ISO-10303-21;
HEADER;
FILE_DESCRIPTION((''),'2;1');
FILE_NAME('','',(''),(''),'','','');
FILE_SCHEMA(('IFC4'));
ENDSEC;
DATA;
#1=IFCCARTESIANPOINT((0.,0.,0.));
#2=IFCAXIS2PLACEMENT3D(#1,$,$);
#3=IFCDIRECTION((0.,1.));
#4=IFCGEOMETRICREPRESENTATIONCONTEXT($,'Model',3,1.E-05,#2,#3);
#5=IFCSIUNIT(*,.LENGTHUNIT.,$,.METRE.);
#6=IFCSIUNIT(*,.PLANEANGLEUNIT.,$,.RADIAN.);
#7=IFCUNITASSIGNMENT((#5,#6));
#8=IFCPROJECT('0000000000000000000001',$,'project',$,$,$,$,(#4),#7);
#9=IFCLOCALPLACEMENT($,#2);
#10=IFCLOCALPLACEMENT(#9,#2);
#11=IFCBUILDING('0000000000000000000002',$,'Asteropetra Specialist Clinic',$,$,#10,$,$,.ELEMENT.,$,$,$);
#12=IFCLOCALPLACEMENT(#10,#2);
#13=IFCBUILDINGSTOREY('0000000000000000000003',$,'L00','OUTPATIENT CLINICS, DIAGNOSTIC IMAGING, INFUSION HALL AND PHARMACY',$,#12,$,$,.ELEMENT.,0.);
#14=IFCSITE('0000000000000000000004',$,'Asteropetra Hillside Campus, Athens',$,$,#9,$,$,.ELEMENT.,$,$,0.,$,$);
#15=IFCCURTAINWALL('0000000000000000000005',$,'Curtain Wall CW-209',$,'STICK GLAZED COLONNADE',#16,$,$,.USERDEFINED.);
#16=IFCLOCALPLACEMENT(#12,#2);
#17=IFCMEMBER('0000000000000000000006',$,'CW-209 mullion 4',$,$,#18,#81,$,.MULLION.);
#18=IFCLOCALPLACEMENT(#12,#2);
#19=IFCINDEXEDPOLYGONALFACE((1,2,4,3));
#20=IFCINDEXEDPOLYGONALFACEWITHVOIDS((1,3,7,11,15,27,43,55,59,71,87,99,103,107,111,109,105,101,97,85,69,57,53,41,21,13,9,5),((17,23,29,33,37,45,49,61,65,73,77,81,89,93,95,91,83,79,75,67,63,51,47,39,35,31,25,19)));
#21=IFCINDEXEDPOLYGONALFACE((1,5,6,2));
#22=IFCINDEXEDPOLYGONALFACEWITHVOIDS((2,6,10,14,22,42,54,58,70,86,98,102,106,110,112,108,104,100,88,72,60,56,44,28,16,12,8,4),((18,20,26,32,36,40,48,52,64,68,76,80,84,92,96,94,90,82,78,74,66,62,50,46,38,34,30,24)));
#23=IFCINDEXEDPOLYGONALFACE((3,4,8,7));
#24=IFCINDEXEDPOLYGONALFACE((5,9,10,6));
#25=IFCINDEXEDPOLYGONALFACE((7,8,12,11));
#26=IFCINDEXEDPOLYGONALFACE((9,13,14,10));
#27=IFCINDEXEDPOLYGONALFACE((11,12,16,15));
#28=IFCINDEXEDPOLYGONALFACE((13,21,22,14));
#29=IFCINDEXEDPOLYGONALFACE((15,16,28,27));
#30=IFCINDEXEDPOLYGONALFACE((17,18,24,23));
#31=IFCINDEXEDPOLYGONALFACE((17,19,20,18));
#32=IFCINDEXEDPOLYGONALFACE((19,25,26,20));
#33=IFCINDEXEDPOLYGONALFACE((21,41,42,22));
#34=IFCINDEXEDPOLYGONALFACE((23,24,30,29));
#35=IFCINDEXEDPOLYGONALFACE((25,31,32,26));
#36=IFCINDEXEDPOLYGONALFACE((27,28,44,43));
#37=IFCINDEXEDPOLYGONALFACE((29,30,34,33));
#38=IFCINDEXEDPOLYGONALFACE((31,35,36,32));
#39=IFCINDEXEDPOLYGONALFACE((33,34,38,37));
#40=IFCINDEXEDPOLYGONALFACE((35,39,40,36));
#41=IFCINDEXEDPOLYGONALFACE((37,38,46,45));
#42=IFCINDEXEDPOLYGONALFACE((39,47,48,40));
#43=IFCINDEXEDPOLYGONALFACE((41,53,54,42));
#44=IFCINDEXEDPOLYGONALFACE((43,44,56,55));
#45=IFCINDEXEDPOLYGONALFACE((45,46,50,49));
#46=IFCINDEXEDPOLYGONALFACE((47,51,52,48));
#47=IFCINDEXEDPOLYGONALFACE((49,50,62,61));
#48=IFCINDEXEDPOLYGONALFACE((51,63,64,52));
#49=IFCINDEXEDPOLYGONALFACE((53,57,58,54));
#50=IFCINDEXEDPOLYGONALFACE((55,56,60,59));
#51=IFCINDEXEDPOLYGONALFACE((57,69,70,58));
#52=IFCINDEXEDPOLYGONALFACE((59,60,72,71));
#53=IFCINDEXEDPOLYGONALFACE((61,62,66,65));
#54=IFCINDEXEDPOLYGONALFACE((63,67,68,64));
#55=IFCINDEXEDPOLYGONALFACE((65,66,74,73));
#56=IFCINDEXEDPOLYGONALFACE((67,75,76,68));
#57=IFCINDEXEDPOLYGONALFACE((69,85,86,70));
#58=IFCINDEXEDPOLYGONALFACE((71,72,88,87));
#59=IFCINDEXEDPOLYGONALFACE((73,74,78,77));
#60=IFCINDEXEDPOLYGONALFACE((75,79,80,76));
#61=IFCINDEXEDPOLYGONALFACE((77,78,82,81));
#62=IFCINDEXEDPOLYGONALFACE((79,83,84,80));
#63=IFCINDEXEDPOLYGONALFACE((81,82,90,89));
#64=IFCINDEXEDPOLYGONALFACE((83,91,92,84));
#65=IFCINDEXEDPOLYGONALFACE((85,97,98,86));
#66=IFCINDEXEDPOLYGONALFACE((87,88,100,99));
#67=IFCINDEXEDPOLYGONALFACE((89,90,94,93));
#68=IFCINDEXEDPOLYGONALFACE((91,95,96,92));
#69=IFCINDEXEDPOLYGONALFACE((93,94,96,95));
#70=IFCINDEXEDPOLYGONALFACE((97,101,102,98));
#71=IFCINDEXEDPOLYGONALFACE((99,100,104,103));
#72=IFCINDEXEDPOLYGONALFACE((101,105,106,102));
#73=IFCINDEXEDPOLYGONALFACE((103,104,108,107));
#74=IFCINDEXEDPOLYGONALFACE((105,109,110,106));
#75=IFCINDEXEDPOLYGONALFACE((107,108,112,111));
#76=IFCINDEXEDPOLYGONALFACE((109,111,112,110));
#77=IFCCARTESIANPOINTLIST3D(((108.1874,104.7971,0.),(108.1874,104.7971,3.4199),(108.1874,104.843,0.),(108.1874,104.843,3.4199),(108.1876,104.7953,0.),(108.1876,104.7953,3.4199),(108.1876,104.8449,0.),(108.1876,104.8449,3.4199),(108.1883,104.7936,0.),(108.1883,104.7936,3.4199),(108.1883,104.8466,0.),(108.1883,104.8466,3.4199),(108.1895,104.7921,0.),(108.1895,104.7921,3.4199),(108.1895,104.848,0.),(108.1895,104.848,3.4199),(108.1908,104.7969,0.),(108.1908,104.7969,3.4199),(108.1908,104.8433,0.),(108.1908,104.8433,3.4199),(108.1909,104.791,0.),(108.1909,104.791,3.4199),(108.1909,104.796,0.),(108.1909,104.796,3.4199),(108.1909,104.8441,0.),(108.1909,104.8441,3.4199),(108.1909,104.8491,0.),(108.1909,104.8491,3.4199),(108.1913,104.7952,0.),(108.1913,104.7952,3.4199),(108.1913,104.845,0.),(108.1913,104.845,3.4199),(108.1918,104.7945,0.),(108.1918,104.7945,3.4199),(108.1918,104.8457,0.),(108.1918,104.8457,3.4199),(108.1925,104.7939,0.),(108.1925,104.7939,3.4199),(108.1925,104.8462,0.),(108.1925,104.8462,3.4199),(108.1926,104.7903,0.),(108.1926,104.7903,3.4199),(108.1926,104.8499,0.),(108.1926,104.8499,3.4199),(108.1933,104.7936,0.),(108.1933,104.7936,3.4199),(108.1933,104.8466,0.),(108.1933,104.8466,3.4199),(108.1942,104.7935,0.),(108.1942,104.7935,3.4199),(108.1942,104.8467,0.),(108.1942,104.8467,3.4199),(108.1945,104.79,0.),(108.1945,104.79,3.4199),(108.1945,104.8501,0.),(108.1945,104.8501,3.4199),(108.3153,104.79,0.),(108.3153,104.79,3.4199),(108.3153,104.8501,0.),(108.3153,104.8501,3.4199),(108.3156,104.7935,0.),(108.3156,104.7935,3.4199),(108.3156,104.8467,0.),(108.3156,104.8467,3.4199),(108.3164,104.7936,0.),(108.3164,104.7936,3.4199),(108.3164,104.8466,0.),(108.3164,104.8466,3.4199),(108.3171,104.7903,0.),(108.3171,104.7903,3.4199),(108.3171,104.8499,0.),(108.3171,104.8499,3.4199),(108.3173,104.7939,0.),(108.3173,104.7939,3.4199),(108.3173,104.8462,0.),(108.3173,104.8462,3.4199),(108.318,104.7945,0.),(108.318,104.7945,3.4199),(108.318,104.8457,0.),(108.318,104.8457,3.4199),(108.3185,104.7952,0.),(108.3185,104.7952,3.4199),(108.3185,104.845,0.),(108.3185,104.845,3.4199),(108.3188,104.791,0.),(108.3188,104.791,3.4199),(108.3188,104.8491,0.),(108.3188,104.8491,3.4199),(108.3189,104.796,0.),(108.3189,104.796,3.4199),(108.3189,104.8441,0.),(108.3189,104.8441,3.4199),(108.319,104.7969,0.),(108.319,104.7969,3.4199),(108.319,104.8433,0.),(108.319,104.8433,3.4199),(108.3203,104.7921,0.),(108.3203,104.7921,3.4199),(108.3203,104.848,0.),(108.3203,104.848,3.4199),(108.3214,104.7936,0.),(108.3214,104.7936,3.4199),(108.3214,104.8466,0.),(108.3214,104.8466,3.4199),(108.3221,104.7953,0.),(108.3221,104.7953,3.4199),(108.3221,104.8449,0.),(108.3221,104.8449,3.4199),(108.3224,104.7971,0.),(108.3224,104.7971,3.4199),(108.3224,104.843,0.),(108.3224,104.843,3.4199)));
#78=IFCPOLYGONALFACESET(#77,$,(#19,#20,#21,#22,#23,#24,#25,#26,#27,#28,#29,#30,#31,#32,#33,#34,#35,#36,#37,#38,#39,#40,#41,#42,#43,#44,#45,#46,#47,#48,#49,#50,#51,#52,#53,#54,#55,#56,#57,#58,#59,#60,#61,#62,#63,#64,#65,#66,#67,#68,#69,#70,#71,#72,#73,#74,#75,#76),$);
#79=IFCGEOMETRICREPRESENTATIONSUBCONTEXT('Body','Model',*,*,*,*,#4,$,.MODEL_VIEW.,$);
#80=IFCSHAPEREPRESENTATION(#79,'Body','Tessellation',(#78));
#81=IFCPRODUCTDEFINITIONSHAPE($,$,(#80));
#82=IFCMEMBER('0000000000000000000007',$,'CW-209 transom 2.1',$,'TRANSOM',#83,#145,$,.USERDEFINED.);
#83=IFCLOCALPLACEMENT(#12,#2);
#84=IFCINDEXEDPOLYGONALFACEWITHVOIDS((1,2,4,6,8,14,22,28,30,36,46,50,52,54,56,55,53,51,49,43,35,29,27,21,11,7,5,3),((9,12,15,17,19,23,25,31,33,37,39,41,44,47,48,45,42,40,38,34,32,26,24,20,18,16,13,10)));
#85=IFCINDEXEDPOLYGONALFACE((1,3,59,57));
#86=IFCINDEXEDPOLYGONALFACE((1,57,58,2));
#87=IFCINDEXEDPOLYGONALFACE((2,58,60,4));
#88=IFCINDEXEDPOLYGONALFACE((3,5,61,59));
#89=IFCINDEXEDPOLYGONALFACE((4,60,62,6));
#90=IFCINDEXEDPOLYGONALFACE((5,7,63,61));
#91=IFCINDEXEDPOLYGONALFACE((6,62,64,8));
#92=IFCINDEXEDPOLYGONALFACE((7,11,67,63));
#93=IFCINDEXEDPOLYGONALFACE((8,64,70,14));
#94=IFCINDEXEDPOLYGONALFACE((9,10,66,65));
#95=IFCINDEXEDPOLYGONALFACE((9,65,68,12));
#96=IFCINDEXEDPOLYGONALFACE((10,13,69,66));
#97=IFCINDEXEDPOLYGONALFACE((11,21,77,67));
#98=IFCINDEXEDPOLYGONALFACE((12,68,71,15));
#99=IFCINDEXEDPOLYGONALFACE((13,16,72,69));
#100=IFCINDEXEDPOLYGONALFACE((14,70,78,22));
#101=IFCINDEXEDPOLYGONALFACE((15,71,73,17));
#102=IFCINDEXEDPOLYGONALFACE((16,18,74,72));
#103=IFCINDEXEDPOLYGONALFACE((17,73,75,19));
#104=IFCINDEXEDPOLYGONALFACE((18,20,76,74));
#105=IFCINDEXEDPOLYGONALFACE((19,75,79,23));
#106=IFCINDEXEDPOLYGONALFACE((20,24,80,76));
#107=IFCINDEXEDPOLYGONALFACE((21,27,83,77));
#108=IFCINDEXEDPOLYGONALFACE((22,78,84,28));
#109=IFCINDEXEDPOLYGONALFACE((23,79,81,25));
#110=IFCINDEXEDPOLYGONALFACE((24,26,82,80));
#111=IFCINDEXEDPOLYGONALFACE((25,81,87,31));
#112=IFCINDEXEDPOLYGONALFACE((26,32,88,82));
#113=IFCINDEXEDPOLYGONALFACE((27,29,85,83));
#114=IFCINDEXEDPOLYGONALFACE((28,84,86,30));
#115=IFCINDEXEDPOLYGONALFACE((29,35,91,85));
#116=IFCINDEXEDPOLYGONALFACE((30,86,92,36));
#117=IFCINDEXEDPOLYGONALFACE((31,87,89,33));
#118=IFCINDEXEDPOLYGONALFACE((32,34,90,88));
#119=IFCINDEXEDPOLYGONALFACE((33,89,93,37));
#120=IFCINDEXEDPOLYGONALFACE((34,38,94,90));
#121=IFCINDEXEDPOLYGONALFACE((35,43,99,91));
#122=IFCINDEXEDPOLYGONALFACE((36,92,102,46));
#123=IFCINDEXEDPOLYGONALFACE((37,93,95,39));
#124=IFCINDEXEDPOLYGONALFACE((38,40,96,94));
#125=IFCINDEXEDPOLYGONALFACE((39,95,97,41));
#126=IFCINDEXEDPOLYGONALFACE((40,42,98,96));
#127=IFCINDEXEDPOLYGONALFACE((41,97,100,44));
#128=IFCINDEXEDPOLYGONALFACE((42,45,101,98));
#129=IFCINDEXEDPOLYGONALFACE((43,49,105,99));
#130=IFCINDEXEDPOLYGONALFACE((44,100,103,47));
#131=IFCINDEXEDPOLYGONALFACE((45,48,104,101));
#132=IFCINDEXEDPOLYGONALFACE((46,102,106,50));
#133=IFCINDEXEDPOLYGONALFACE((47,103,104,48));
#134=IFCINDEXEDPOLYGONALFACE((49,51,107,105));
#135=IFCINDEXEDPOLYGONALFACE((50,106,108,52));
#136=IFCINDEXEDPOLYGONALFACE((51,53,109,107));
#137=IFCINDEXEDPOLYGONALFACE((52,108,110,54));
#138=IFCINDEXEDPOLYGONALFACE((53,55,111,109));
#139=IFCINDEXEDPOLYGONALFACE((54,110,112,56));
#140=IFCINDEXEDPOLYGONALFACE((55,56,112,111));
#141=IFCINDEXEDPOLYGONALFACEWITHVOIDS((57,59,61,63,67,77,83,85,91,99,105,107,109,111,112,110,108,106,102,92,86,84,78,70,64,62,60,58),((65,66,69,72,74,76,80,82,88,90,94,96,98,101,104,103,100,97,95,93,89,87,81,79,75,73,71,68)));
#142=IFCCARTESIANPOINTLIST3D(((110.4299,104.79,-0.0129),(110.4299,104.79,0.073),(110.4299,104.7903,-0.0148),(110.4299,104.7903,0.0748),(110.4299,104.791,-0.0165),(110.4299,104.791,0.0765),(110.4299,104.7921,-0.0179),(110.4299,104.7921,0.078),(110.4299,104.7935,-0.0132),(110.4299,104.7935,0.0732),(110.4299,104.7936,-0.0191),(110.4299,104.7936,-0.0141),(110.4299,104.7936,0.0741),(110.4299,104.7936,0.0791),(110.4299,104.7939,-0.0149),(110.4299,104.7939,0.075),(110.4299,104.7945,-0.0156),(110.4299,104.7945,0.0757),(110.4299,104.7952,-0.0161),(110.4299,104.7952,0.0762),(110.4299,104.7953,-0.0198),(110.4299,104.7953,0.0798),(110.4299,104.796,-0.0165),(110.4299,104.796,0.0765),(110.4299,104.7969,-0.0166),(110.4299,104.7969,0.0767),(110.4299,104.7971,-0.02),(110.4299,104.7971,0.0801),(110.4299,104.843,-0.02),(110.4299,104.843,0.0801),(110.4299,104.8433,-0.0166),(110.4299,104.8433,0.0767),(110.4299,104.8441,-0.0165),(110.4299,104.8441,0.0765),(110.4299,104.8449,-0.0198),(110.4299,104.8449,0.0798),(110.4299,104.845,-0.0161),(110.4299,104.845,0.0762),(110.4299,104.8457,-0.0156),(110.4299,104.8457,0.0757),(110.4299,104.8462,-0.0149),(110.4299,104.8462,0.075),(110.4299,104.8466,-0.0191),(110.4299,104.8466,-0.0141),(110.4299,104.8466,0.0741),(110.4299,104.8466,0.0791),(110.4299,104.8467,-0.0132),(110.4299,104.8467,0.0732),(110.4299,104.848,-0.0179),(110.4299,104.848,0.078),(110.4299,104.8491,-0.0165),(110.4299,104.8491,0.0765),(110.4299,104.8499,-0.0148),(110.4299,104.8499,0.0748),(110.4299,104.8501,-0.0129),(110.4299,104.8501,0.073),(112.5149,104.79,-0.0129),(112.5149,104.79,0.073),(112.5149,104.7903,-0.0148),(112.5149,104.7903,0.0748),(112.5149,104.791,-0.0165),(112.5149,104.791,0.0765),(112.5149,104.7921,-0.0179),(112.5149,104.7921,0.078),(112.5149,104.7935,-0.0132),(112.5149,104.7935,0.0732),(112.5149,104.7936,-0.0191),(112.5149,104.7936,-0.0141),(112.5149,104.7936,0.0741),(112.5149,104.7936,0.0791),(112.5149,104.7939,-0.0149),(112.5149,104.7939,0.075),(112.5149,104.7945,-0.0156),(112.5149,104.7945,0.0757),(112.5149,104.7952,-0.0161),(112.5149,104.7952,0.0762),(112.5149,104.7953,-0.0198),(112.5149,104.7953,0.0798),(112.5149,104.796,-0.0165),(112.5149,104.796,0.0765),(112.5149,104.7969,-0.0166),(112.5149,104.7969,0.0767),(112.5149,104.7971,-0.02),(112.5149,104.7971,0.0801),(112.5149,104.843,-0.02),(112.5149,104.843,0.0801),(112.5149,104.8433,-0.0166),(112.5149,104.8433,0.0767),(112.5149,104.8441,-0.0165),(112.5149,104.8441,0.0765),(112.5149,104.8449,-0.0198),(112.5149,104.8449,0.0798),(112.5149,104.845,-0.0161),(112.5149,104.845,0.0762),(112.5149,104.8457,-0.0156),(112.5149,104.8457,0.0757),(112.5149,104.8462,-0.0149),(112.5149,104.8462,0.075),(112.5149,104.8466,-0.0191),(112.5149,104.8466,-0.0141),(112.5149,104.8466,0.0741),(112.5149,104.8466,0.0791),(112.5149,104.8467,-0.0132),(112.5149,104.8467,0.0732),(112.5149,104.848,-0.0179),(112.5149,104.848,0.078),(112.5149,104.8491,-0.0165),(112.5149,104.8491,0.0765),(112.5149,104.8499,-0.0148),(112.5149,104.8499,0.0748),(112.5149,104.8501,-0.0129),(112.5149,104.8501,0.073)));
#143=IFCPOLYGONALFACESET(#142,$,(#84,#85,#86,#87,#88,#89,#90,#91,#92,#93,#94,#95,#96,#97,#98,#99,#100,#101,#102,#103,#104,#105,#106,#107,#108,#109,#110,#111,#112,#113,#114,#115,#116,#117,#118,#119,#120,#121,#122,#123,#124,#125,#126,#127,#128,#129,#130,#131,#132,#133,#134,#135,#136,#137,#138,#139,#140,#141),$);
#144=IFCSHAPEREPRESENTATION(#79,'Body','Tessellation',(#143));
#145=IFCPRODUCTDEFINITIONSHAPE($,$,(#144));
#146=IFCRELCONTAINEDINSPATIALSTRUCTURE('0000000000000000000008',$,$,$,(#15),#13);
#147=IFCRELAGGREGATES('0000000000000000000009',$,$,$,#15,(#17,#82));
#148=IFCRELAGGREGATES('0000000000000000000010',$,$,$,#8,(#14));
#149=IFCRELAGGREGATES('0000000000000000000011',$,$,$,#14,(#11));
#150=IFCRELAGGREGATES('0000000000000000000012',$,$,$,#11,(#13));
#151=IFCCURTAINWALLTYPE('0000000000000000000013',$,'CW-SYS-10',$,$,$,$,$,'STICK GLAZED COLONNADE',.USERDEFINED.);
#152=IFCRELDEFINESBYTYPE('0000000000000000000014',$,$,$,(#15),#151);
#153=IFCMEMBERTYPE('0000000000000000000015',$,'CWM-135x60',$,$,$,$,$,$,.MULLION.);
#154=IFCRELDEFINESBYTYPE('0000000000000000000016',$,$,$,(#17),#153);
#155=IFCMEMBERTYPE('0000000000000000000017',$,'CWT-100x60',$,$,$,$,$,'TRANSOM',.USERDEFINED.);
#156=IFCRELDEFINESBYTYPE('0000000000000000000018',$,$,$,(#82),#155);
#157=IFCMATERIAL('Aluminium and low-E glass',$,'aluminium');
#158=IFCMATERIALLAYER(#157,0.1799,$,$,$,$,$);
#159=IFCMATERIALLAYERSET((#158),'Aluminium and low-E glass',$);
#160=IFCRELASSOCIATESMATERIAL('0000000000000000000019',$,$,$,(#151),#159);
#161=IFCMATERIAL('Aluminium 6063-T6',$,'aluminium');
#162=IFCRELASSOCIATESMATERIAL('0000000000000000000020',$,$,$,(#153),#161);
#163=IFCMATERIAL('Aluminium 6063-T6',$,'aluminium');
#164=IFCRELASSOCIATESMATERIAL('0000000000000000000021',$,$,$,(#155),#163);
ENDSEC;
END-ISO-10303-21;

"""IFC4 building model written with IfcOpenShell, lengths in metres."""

from ifc_helpers import new_model, si_unit, direction, frame, origin, origin_2d, place, context, subcontext, project, spatial, hollow_rectangle, extrude, material, layer, layer_set, material_profile, profile_set, type_object, element, aggregate, save


model = new_model("IFC4")

# Units and contexts
model_context = context("Model", 3, precision=1e-05, world=origin(), true_north=direction((0.0, 1.0)))
body_context = subcontext(model_context, "Body", "Model", "MODEL_VIEW")
ifc_project = project(units=[si_unit("LENGTHUNIT", "METRE"), si_unit("PLANEANGLEUNIT", "RADIAN")], contexts=[model_context])

# Site, building, storey
site_placement = place(None, origin())
site = spatial("IfcSite", under=ifc_project, at=site_placement, Name="Asteropetra Hillside Campus, Athens", CompositionType="ELEMENT", RefElevation=0.0)
building_placement = place(site_placement, origin())
building = spatial("IfcBuilding", under=site, at=building_placement, Name="Asteropetra Specialist Clinic", CompositionType="ELEMENT")
storey_placement = place(building_placement, origin())
storey = spatial("IfcBuildingStorey", under=building, at=storey_placement, Name="L00", Description="OUTPATIENT CLINICS, DIAGNOSTIC IMAGING, INFUSION HALL AND PHARMACY", CompositionType="ELEMENT", Elevation=0.0)

# Curtain wall, members
ifc_material_1 = material(Name="Aluminium and low-E glass", Category="aluminium")
ifc_layer_1 = layer(ifc_material_1, 0.1799)
ifc_layer_set_1 = layer_set([ifc_layer_1], Name="Aluminium and low-E glass")
curtain_wall_type = type_object("IfcCurtainWallType", Name="CW-SYS-10", ElementType="STICK GLAZED COLONNADE", PredefinedType="USERDEFINED", material=ifc_layer_set_1)
curtain_wall_placement = place(storey_placement, origin())
curtain_wall = element("IfcCurtainWall", 1, at=curtain_wall_placement, inside=storey, type_object=curtain_wall_type, Name="Curtain Wall CW-209", ObjectType="STICK GLAZED COLONNADE", PredefinedType="USERDEFINED")
ifc_material_2 = material(Name="Aluminium 6063-T6", Category="aluminium")
ifc_material_profile_1 = material_profile(ifc_material_2, hollow_rectangle(XDim=0.0601, YDim=0.135, WallThickness=0.0034, InnerFilletRadius=0.0034, OuterFilletRadius=0.0071, at=origin_2d()), Name="MUL 135x60x3.5")
ifc_profile_set_1 = profile_set([ifc_material_profile_1], Name="Aluminium 6063-T6")
member_type_1 = type_object("IfcMemberType", Name="CWM-135x60", PredefinedType="MULLION", material=ifc_profile_set_1)
member_1_placement = place(storey_placement, frame((108.2549, 104.8201, 0.0), z_axis=(0.0, 0.0, 1.0), x_axis=(0.0, -1.0, 0.0)))
member_1 = element("IfcMember", 2, at=member_1_placement, type_object=member_type_1, Name="CW-209 mullion 4", PredefinedType="MULLION", context=body_context, shape_type="SweptSolid", body=[
    extrude(hollow_rectangle(XDim=0.0601, YDim=0.135, WallThickness=0.0034, InnerFilletRadius=0.0034, OuterFilletRadius=0.0071, at=origin_2d()), origin(), (0.0, 0.0, 1.0), 3.4199),
])
ifc_material_3 = material(Name="Aluminium 6063-T6", Category="aluminium")
ifc_material_profile_2 = material_profile(ifc_material_3, hollow_rectangle(XDim=0.0601, YDim=0.1001, WallThickness=0.0034, InnerFilletRadius=0.0034, OuterFilletRadius=0.0071, at=origin_2d()), Name="TRN 100x60x3.5")
ifc_profile_set_2 = profile_set([ifc_material_profile_2], Name="Aluminium 6063-T6")
member_type_2 = type_object("IfcMemberType", Name="CWT-100x60", ElementType="TRANSOM", PredefinedType="USERDEFINED", material=ifc_profile_set_2)
member_2_placement = place(storey_placement, frame((112.5149, 104.8201, 0.03), z_axis=(-1.0, 0.0, 0.0), x_axis=(0.0, -1.0, 0.0)))
member_2 = element("IfcMember", 3, at=member_2_placement, type_object=member_type_2, Name="CW-209 transom 2.1", ObjectType="TRANSOM", PredefinedType="USERDEFINED", context=body_context, shape_type="SweptSolid", body=[
    extrude(hollow_rectangle(XDim=0.0601, YDim=0.1001, WallThickness=0.0034, InnerFilletRadius=0.0034, OuterFilletRadius=0.0071, at=origin_2d()), origin(), (0.0, 0.0, 1.0), 2.085),
])
aggregate(curtain_wall, [member_1, member_2])

save(model, "model.ifc")
